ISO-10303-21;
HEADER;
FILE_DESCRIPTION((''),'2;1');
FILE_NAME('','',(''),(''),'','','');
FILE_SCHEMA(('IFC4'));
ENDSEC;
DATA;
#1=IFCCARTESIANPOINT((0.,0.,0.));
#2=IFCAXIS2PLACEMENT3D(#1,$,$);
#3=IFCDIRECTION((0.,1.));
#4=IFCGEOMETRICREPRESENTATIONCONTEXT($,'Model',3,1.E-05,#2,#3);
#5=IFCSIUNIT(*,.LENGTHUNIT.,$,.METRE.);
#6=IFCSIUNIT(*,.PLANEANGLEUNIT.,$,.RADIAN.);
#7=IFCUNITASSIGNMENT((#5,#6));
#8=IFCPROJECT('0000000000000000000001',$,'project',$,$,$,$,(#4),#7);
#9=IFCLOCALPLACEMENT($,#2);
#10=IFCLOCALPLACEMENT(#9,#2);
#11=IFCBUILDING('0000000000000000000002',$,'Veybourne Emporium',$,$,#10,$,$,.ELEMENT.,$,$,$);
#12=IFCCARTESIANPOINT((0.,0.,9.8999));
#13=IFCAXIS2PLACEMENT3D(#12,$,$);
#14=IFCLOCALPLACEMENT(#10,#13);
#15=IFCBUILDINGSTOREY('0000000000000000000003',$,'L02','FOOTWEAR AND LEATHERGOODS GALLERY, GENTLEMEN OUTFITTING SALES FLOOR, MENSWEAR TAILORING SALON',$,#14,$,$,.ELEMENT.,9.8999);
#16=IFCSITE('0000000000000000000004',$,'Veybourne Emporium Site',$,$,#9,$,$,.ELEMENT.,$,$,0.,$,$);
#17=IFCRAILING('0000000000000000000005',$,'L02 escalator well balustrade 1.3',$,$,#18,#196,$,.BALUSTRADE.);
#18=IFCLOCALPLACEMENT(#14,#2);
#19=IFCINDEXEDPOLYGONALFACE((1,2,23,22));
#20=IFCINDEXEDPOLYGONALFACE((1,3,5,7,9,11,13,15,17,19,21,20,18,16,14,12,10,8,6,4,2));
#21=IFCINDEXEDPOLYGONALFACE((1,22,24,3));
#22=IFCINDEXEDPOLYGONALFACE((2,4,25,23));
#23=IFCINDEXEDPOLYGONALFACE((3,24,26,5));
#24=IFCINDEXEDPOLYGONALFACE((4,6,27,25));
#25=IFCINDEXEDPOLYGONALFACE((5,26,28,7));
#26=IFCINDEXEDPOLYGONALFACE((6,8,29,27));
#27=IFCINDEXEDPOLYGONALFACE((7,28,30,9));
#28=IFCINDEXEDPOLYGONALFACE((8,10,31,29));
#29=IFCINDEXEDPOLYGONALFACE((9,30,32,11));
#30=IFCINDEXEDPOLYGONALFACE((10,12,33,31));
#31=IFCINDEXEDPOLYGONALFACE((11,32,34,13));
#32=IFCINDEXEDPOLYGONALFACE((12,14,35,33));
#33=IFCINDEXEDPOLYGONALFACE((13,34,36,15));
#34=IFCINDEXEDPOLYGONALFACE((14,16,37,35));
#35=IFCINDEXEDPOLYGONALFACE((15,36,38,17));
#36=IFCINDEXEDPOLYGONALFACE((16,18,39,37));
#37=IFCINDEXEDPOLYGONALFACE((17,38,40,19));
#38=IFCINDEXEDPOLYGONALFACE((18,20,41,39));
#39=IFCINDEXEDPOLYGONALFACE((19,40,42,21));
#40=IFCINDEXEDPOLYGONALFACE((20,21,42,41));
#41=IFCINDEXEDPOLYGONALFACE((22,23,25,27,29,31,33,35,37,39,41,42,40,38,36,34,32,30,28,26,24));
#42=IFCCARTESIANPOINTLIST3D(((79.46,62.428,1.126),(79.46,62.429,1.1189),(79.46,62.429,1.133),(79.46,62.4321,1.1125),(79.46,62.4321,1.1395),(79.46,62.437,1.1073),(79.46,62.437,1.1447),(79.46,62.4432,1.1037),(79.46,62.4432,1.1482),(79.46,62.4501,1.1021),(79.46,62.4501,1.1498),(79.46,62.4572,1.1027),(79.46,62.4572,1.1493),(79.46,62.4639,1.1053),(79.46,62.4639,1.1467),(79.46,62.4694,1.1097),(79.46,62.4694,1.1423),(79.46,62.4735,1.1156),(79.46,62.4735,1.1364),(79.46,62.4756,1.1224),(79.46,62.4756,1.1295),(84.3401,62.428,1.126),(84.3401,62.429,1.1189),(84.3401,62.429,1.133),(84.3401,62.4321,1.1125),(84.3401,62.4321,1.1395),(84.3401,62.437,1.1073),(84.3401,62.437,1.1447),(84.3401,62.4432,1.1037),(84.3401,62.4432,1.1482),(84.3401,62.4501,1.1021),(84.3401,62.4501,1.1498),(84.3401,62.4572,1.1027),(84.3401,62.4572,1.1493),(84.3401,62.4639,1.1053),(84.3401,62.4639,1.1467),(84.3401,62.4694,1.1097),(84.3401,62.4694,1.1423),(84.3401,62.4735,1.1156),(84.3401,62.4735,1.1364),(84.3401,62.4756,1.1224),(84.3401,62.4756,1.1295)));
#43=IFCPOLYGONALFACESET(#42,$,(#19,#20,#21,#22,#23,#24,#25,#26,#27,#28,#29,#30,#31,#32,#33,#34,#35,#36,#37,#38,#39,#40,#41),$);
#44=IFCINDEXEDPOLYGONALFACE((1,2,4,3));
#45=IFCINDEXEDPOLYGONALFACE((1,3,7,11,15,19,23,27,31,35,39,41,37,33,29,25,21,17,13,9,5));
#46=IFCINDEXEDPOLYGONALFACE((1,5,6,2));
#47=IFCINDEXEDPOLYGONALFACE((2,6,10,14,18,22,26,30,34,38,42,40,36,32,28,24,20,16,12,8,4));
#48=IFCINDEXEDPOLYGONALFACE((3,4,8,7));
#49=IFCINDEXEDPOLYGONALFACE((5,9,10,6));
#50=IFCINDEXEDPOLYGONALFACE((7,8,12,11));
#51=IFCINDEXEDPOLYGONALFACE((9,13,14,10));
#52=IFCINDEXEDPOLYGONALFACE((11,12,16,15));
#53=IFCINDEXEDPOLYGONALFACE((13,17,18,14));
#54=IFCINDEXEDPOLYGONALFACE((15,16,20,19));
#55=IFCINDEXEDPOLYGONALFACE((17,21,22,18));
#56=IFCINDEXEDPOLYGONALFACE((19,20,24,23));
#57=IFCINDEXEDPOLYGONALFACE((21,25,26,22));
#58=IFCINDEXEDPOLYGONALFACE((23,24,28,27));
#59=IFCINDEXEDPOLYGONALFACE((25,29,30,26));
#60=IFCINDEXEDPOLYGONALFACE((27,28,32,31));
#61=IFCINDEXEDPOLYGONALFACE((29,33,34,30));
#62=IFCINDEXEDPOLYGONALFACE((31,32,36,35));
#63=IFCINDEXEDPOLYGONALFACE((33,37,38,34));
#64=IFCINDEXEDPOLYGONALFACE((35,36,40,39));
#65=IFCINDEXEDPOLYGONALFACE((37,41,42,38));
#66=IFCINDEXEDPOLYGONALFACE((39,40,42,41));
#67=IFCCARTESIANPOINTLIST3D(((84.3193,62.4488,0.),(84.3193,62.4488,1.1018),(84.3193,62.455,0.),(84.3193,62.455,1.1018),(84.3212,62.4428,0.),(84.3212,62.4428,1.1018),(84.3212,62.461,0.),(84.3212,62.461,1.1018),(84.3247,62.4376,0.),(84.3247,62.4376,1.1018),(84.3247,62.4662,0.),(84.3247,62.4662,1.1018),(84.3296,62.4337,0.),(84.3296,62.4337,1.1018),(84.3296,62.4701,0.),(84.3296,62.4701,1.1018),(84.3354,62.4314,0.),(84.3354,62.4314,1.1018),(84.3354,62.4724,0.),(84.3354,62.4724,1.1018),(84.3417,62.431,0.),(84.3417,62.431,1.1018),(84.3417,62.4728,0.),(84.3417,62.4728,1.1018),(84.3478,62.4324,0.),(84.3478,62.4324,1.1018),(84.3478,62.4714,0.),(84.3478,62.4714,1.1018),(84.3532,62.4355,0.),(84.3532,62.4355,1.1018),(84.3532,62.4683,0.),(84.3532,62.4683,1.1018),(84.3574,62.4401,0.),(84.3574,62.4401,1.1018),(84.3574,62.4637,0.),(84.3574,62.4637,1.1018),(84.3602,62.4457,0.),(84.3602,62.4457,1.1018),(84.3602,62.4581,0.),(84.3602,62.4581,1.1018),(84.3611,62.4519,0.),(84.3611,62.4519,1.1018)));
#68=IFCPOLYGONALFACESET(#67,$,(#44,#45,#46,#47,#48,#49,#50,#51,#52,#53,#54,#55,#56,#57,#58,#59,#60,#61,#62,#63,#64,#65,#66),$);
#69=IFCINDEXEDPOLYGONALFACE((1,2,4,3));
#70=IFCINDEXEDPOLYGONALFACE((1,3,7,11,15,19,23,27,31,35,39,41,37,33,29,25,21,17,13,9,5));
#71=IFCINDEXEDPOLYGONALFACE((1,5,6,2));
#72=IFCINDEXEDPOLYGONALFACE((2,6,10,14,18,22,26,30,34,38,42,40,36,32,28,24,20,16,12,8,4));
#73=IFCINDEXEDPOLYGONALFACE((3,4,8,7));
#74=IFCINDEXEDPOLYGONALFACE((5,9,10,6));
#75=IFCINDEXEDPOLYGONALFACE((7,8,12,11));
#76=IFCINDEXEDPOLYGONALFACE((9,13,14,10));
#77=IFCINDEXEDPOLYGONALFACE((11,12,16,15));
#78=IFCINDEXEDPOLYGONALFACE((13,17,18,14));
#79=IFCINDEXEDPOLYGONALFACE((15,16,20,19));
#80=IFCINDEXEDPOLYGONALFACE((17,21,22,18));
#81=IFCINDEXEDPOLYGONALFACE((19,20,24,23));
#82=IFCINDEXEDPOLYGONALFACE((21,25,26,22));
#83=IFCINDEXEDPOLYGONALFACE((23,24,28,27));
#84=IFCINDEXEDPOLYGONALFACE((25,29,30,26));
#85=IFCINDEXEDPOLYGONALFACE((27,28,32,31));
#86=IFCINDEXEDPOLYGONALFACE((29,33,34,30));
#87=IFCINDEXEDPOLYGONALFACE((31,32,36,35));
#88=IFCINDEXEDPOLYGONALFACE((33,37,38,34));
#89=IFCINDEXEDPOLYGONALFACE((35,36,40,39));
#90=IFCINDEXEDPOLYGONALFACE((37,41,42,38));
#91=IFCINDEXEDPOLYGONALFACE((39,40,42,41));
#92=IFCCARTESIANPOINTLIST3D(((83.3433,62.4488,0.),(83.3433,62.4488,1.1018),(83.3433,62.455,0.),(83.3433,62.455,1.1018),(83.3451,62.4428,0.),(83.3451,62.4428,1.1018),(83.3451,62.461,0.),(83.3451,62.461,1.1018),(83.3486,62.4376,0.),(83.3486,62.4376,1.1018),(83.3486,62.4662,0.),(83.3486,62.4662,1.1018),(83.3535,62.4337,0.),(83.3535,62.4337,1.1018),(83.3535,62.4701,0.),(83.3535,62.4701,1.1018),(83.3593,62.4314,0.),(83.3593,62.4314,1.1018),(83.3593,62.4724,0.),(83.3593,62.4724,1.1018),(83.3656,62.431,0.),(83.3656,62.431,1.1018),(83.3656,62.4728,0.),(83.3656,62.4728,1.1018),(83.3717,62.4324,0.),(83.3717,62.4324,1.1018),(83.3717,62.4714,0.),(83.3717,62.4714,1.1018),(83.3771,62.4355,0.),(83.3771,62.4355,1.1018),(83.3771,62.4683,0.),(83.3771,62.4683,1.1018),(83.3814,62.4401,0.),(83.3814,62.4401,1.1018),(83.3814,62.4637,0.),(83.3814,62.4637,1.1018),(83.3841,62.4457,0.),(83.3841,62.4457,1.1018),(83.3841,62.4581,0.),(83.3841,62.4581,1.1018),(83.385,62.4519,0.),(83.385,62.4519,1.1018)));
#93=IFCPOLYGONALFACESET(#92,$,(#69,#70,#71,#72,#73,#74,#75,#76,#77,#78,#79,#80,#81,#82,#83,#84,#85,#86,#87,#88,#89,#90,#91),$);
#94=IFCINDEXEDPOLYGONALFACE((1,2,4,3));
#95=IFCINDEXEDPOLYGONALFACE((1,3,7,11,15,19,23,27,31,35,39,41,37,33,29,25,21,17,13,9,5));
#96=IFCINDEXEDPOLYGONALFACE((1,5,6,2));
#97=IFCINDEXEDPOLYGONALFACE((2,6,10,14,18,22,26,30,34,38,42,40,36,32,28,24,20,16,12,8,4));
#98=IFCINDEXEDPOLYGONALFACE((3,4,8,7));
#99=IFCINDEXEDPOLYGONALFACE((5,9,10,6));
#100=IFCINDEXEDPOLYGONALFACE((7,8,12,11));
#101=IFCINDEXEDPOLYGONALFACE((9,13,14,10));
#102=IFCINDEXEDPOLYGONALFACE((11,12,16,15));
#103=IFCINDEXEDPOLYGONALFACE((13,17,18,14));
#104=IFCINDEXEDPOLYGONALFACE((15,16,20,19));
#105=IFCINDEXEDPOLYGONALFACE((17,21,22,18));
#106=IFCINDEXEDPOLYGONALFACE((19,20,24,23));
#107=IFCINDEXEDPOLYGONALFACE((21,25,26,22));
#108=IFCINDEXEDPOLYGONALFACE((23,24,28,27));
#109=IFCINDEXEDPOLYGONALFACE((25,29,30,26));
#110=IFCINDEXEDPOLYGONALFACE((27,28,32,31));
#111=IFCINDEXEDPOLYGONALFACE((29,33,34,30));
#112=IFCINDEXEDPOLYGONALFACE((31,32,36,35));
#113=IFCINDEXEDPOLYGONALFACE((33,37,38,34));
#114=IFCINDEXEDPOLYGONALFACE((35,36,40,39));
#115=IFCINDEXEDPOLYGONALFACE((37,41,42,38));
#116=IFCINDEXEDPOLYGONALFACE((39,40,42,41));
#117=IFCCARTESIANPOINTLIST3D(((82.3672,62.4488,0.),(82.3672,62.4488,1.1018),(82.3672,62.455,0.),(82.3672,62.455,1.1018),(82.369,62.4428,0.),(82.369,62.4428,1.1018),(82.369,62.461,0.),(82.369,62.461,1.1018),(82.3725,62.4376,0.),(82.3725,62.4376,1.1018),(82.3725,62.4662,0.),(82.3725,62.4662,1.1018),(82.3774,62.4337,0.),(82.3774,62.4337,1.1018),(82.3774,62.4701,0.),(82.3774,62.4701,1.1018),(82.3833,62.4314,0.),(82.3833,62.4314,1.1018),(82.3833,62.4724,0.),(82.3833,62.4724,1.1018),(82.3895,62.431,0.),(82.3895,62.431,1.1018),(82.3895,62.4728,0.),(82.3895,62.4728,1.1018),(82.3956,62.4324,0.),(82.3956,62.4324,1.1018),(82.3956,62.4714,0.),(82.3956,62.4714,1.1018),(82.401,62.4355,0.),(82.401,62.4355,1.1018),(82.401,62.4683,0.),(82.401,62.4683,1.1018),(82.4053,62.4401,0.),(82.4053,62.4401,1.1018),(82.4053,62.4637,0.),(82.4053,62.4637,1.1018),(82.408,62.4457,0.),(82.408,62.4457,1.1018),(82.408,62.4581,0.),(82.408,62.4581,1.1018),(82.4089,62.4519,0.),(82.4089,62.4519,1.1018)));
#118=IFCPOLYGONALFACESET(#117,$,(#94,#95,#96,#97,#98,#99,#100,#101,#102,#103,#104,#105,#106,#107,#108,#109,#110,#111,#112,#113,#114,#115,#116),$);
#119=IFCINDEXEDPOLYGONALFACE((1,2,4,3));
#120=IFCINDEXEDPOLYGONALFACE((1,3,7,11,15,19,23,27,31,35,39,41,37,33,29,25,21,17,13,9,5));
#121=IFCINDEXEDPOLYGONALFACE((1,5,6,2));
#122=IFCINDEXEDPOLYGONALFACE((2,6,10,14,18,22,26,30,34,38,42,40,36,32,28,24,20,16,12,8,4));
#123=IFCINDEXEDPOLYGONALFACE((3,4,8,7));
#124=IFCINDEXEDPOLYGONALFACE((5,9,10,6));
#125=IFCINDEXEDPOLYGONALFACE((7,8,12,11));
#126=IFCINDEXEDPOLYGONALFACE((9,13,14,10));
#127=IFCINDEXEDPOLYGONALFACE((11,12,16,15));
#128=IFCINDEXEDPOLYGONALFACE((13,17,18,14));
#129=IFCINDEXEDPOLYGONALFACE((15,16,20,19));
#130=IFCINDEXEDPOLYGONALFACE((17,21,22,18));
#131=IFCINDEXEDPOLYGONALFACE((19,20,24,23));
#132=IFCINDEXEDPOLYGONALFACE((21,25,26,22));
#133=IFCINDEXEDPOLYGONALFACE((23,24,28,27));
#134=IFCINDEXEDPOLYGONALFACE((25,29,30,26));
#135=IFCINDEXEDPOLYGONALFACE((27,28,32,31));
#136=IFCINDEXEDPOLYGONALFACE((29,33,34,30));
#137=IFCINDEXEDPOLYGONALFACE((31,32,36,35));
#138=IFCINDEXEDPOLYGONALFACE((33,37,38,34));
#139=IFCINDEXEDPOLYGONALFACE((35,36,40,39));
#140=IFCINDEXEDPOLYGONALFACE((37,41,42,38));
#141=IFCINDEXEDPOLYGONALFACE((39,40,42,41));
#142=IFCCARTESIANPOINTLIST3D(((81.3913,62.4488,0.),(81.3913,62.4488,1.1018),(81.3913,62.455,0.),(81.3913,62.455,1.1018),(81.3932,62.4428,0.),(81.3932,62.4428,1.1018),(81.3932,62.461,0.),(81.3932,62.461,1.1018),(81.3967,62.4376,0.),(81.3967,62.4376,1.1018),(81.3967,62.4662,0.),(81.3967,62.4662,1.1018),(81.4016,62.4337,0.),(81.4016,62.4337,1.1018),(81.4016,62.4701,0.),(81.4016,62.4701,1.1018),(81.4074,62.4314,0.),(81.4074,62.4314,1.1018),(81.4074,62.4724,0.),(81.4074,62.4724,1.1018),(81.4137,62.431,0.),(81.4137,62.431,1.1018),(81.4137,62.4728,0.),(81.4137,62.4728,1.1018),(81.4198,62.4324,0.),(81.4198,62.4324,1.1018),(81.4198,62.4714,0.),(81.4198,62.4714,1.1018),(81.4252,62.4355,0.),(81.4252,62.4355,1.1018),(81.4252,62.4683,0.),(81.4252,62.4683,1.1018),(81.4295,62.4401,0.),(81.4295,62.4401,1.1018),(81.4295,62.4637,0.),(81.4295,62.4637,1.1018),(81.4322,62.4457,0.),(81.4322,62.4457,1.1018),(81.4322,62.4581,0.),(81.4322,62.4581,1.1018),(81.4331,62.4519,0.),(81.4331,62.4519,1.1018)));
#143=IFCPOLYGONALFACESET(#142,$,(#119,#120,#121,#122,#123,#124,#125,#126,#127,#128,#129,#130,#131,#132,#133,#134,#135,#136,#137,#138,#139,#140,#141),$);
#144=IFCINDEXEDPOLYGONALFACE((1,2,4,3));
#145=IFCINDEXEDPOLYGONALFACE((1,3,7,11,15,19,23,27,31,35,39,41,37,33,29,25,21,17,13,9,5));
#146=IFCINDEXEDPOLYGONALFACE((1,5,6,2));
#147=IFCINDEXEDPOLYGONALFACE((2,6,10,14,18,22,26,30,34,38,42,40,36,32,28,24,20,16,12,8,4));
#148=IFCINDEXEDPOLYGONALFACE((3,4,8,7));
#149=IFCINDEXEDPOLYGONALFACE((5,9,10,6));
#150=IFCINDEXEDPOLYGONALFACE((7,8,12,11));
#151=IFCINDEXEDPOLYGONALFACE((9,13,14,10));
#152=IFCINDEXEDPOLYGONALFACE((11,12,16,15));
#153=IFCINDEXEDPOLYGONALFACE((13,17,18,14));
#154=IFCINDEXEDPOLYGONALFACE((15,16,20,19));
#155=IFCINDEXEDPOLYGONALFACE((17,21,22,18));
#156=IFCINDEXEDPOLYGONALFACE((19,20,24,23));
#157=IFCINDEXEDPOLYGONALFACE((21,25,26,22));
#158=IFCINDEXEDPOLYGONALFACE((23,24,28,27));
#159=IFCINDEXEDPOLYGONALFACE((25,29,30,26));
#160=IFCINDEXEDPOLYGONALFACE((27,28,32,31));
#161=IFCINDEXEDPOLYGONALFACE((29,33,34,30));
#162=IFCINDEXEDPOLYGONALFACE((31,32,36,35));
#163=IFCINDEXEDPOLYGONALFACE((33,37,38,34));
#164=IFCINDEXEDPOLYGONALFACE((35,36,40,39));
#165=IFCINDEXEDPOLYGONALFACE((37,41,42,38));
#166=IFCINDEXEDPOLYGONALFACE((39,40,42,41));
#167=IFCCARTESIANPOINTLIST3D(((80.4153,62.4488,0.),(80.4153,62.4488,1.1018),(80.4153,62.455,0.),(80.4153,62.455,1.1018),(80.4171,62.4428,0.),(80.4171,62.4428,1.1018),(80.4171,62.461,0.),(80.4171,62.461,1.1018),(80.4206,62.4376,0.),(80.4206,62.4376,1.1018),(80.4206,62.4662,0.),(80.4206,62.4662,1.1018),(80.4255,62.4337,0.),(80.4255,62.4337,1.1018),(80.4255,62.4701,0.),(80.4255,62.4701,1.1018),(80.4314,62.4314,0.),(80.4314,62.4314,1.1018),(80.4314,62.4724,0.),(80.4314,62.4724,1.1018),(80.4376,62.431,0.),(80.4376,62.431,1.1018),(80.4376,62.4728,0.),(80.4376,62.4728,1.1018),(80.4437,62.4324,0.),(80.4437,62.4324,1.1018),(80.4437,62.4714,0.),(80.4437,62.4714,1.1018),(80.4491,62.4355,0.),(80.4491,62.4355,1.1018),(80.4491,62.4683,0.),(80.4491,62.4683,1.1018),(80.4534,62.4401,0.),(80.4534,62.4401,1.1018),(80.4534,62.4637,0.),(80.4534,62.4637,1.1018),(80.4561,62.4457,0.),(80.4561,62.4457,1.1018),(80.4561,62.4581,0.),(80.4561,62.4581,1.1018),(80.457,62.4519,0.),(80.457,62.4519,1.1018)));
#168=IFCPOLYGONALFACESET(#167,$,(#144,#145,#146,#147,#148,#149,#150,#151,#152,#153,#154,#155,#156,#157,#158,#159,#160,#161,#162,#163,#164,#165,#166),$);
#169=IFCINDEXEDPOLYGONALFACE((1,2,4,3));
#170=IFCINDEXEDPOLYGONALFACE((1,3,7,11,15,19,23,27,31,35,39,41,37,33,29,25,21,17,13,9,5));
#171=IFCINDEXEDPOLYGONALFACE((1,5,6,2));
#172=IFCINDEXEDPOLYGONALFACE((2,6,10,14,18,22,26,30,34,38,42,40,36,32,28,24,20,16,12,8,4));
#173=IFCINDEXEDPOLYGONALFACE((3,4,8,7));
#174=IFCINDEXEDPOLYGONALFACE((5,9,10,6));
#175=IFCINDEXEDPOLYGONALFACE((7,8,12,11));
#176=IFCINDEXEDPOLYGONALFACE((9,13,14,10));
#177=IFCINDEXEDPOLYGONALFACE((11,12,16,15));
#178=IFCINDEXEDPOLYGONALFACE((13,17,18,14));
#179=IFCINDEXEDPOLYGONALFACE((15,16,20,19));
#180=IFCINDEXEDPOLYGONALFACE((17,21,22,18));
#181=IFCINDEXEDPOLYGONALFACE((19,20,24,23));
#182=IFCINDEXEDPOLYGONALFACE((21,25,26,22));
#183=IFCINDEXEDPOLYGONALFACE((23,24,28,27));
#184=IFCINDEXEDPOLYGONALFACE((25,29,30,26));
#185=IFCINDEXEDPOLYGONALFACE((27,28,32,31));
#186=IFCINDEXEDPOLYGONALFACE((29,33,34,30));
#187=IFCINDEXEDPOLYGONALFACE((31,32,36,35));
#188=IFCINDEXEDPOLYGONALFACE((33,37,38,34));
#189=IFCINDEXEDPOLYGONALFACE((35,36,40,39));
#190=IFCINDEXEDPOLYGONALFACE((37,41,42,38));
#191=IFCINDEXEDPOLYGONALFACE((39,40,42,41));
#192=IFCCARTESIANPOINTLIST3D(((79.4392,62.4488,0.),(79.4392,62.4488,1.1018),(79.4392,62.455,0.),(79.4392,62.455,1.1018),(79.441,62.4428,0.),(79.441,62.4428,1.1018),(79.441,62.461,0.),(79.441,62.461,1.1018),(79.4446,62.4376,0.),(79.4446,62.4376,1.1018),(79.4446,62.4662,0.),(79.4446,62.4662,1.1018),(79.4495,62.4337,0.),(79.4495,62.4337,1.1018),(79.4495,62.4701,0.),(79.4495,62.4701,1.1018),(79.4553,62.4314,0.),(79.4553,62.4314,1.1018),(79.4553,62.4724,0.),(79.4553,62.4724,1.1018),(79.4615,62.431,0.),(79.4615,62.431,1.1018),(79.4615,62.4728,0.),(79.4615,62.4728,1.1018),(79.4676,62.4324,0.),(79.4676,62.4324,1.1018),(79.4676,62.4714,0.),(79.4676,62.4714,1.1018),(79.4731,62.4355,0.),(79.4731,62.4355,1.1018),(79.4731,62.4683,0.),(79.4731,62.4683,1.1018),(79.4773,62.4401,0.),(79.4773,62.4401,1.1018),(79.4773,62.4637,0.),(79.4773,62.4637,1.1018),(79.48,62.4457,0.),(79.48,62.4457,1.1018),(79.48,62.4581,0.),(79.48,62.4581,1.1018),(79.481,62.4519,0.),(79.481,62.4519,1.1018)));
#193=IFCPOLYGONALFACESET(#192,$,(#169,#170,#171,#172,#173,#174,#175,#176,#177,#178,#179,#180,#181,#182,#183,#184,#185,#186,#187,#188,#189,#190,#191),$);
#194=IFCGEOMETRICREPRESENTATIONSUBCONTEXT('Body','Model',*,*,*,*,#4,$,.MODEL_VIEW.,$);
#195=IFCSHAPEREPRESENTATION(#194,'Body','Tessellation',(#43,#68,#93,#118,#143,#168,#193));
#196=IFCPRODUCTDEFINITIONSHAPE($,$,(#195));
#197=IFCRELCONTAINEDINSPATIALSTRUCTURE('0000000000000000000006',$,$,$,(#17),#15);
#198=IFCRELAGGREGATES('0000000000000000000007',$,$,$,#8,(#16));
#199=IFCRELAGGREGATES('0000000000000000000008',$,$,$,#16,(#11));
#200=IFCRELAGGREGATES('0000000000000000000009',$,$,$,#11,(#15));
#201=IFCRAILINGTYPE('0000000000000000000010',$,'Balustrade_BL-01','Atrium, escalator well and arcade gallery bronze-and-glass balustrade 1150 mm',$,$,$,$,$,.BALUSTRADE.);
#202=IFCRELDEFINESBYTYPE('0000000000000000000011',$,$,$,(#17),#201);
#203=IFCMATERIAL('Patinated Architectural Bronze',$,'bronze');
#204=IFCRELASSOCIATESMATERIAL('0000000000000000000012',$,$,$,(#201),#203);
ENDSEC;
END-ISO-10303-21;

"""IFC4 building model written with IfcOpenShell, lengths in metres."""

from ifc_helpers import new_model, si_unit, direction, frame, origin, origin_2d, place, context, subcontext, project, spatial, circle, extrude, material, type_object, element, save


model = new_model("IFC4")

# Units and contexts
model_context = context("Model", 3, precision=1e-05, world=origin(), true_north=direction((0.0, 1.0)))
body_context = subcontext(model_context, "Body", "Model", "MODEL_VIEW")
ifc_project = project(units=[si_unit("LENGTHUNIT", "METRE"), si_unit("PLANEANGLEUNIT", "RADIAN")], contexts=[model_context])

# Site, building, storey
site_placement = place(None, origin())
site = spatial("IfcSite", under=ifc_project, at=site_placement, Name="Veybourne Emporium Site", CompositionType="ELEMENT", RefElevation=0.0)
building_placement = place(site_placement, origin())
building = spatial("IfcBuilding", under=site, at=building_placement, Name="Veybourne Emporium", CompositionType="ELEMENT")
storey_placement = place(building_placement, frame((0.0, 0.0, 9.8999)))
storey = spatial("IfcBuildingStorey", under=building, at=storey_placement, Name="L02", Description="FOOTWEAR AND LEATHERGOODS GALLERY, GENTLEMEN OUTFITTING SALES FLOOR, MENSWEAR TAILORING SALON", CompositionType="ELEMENT", Elevation=9.8999)

# Railing
ifc_material_1 = material(Name="Patinated Architectural Bronze", Category="bronze")
railing_type = type_object("IfcRailingType", Name="Balustrade_BL-01", Description="Atrium, escalator well and arcade gallery bronze-and-glass balustrade 1150 mm", PredefinedType="BALUSTRADE", material=ifc_material_1)
railing_1_placement = place(storey_placement, frame((84.3401, 62.4519, 0.0)))
element("IfcRailing", 1, at=railing_1_placement, inside=storey, type_object=railing_type, Name="L02 escalator well balustrade 1.3", PredefinedType="BALUSTRADE", context=body_context, shape_type="SweptSolid", body=[
    extrude(circle(Radius=0.0239, at=origin_2d()), frame((0.0, 0.0, 1.126), z_axis=(-1.0, 0.0, 0.0), x_axis=(0.0, -1.0, 0.0)), (0.0, 0.0, 1.0), 4.8801),
    extrude(circle(Radius=0.021, at=origin_2d()), origin(), (0.0, 0.0, 1.0), 1.1018),
    extrude(circle(Radius=0.021, at=origin_2d()), frame((-0.9761, 0.0, 0.0)), (0.0, 0.0, 1.0), 1.1018),
    extrude(circle(Radius=0.021, at=origin_2d()), frame((-1.9521, 0.0, 0.0)), (0.0, 0.0, 1.0), 1.1018),
    extrude(circle(Radius=0.021, at=origin_2d()), frame((-2.928, 0.0, 0.0)), (0.0, 0.0, 1.0), 1.1018),
    extrude(circle(Radius=0.021, at=origin_2d()), frame((-3.9041, 0.0, 0.0)), (0.0, 0.0, 1.0), 1.1018),
    extrude(circle(Radius=0.021, at=origin_2d()), frame((-4.8801, 0.0, 0.0)), (0.0, 0.0, 1.0), 1.1018),
])

save(model, "model.ifc")
